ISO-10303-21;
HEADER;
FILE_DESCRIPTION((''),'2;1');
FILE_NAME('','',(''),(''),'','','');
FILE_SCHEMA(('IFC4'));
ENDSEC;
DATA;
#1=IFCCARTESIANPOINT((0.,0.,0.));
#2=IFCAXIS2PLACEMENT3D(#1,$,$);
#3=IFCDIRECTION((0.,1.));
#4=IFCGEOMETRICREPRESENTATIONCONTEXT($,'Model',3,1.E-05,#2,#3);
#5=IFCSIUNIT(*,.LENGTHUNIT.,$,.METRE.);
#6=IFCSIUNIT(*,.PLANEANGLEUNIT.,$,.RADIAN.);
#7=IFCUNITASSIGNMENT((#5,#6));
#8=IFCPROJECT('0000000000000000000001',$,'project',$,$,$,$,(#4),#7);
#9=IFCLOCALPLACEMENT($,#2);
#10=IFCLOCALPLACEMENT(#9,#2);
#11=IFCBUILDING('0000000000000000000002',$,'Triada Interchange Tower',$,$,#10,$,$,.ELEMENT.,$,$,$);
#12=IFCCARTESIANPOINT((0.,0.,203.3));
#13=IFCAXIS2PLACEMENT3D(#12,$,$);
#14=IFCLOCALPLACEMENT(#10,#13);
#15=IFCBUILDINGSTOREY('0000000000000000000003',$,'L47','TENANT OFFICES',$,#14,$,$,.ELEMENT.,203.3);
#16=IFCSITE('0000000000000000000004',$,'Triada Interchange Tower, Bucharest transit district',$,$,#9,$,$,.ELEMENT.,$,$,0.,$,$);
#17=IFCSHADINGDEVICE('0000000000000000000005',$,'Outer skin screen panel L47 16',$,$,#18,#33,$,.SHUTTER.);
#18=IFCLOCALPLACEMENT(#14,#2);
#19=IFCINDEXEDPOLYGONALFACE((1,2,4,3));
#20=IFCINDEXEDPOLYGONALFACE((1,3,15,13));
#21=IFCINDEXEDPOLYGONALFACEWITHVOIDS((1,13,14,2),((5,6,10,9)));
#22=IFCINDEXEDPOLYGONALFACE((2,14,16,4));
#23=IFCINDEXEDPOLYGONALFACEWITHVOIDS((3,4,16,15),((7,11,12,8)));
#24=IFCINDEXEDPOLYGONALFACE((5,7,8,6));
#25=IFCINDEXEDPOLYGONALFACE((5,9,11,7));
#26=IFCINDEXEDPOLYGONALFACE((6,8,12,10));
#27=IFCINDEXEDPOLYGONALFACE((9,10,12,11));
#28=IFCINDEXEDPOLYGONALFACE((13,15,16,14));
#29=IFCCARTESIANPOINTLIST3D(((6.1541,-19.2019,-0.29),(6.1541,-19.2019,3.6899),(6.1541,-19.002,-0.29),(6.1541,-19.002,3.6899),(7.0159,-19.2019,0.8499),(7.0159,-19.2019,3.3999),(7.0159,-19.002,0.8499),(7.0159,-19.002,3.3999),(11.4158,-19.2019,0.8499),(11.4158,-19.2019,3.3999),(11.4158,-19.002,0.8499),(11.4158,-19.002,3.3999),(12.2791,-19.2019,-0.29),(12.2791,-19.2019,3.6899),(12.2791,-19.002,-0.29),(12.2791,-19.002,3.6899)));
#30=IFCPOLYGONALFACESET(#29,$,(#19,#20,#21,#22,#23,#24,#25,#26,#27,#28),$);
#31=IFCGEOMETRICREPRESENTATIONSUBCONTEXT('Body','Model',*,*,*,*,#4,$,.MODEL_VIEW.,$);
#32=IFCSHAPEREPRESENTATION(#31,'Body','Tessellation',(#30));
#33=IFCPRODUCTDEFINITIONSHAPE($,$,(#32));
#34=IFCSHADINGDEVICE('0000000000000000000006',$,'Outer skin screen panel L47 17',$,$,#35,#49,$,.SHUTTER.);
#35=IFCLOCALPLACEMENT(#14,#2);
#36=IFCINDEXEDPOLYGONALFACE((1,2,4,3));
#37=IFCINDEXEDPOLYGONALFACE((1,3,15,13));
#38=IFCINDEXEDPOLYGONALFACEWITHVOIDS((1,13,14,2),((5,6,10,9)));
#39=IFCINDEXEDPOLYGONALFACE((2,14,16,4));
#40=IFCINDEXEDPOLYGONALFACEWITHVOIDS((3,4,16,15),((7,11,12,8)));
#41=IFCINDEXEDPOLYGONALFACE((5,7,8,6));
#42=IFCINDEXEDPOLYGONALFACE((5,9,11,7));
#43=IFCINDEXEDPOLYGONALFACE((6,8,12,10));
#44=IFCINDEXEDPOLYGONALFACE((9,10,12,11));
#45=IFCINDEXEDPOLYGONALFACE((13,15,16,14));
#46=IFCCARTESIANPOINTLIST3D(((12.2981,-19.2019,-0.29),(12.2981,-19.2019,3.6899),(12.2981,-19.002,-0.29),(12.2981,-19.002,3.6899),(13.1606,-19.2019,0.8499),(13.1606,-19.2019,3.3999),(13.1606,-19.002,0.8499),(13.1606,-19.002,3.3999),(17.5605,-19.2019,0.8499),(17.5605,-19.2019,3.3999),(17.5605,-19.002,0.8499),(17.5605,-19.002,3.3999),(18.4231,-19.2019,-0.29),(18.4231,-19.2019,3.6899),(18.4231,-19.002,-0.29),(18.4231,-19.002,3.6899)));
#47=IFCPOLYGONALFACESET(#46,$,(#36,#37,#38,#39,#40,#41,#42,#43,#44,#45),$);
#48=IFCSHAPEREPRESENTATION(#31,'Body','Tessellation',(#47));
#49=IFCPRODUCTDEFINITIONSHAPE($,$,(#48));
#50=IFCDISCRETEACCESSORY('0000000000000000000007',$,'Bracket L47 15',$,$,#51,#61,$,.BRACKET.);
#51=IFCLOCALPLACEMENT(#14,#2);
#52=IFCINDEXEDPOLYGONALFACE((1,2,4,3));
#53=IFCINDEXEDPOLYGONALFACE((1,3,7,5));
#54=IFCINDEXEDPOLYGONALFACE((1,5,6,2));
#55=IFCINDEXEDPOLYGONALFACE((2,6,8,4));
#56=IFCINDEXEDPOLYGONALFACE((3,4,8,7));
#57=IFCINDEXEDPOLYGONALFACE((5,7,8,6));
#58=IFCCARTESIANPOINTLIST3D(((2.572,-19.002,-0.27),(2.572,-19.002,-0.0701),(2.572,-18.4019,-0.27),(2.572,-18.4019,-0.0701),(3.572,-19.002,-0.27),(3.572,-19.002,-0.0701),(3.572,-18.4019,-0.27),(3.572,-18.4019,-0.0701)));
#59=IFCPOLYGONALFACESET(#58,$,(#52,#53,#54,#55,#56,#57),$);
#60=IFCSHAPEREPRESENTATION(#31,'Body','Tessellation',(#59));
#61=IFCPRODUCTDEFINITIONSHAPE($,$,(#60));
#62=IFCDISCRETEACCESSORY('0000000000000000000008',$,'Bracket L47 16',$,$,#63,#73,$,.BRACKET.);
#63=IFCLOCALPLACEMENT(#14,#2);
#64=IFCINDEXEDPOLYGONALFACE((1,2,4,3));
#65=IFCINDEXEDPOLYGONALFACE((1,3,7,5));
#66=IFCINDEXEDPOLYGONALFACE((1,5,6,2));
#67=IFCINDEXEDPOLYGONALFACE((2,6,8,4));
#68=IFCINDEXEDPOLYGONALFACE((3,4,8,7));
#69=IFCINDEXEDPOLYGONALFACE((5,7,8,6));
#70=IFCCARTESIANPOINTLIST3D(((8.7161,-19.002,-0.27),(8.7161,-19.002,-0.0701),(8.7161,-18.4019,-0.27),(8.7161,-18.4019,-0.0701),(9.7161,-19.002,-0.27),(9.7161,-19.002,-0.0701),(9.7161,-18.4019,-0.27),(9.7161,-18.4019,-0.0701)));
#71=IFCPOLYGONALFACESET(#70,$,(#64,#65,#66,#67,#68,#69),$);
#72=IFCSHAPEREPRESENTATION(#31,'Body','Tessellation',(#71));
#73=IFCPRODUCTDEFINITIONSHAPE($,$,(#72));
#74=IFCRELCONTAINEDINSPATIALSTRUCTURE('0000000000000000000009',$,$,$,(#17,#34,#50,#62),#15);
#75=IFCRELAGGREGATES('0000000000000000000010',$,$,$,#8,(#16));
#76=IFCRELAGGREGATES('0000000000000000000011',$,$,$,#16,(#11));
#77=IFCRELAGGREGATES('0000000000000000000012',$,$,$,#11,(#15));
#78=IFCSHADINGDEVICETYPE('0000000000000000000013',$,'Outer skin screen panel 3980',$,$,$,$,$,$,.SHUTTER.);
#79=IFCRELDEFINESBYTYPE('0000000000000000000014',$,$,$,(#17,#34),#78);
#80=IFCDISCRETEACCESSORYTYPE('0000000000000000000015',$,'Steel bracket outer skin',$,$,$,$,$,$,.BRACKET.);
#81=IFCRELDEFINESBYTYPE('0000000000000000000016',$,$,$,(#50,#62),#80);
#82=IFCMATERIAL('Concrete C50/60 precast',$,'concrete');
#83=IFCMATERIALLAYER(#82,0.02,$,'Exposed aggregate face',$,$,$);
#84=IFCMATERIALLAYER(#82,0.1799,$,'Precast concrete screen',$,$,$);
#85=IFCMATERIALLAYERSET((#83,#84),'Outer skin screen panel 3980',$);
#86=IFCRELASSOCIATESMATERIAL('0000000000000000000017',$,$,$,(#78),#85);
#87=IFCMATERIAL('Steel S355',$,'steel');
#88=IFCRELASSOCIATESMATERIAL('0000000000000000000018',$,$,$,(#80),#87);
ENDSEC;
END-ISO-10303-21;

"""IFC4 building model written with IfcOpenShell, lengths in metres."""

from ifc_helpers import new_model, si_unit, direction, frame, origin, origin_2d, place, context, subcontext, project, spatial, polyline, rectangle, outline, extrude, material, layer, layer_set, type_object, element, save


model = new_model("IFC4")

# Units and contexts
model_context = context("Model", 3, precision=1e-05, world=origin(), true_north=direction((0.0, 1.0)))
body_context = subcontext(model_context, "Body", "Model", "MODEL_VIEW")
ifc_project = project(units=[si_unit("LENGTHUNIT", "METRE"), si_unit("PLANEANGLEUNIT", "RADIAN")], contexts=[model_context])

# Site, building, storey
site_placement = place(None, origin())
site = spatial("IfcSite", under=ifc_project, at=site_placement, Name="Triada Interchange Tower, Bucharest transit district", CompositionType="ELEMENT", RefElevation=0.0)
building_placement = place(site_placement, origin())
building = spatial("IfcBuilding", under=site, at=building_placement, Name="Triada Interchange Tower", CompositionType="ELEMENT")
storey_placement = place(building_placement, frame((0.0, 0.0, 203.3)))
storey = spatial("IfcBuildingStorey", under=building, at=storey_placement, Name="L47", Description="TENANT OFFICES", CompositionType="ELEMENT", Elevation=203.3)

# Shading devices
ifc_material_1 = material(Name="Concrete C50/60 precast", Category="concrete")
ifc_layer_1 = layer(ifc_material_1, 0.02, Name="Exposed aggregate face")
ifc_layer_2 = layer(ifc_material_1, 0.1799, Name="Precast concrete screen")
ifc_layer_set_1 = layer_set([ifc_layer_1, ifc_layer_2], Name="Outer skin screen panel 3980")
shading_device_type = type_object("IfcShadingDeviceType", Name="Outer skin screen panel 3980", PredefinedType="SHUTTER", material=ifc_layer_set_1)
shading_device_1_placement = place(storey_placement, frame((6.1541, -19.002, -0.29), z_axis=(0.0, 0.0, 1.0), x_axis=(1.0, 0.0, 0.0)))
element("IfcShadingDevice", 1, at=shading_device_1_placement, inside=storey, type_object=shading_device_type, Name="Outer skin screen panel L47 16", PredefinedType="SHUTTER", context=body_context, shape_type="SweptSolid", body=[
    extrude(outline(polyline([(0.0, 0.0), (6.125, 0.0), (6.125, 3.98), (0.0, 3.98), (0.0, 0.0)]), holes=[polyline([(0.8618, 1.1399), (0.8618, 3.6899), (5.2617, 3.6899), (5.2617, 1.1399), (0.8618, 1.1399)])]), frame((0.0, 0.0, 0.0), z_axis=(0.0, -1.0, 0.0), x_axis=(1.0, 0.0, 0.0)), (0.0, 0.0, 1.0), 0.2),
])
shading_device_2_placement = place(storey_placement, frame((12.2981, -19.002, -0.29), z_axis=(0.0, 0.0, 1.0), x_axis=(1.0, 0.0, 0.0)))
element("IfcShadingDevice", 2, at=shading_device_2_placement, inside=storey, type_object=shading_device_type, Name="Outer skin screen panel L47 17", PredefinedType="SHUTTER", context=body_context, shape_type="SweptSolid", body=[
    extrude(outline(polyline([(0.0, 0.0), (6.125, 0.0), (6.125, 3.98), (0.0, 3.98), (0.0, 0.0)]), holes=[polyline([(0.8625, 1.1399), (0.8625, 3.6899), (5.2625, 3.6899), (5.2625, 1.1399), (0.8625, 1.1399)])]), frame((0.0, 0.0, 0.0), z_axis=(0.0, -1.0, 0.0), x_axis=(1.0, 0.0, 0.0)), (0.0, 0.0, 1.0), 0.2),
])

# Discrete accessories
ifc_material_2 = material(Name="Steel S355", Category="steel")
discrete_accessory_type = type_object("IfcDiscreteAccessoryType", Name="Steel bracket outer skin", PredefinedType="BRACKET", material=ifc_material_2)
for number, where, z_axis, x_axis, name in (
    (3, (3.072, -18.7019, -0.27), (0.0, 0.0, 1.0), (0.0, -1.0, 0.0), "Bracket L47 15"),
    (4, (9.2161, -18.7019, -0.27), (0.0, 0.0, 1.0), (0.0, -1.0, 0.0), "Bracket L47 16"),
):
    element("IfcDiscreteAccessory", number, at=place(storey_placement, frame(where, z_axis=z_axis, x_axis=x_axis)), inside=storey, type_object=discrete_accessory_type, Name=name, PredefinedType="BRACKET", context=body_context, shape_type="SweptSolid", body=[
        extrude(rectangle(XDim=0.6001, YDim=1.0, at=origin_2d()), origin(), (0.0, 0.0, 1.0), 0.2),
    ])

save(model, "model.ifc")
